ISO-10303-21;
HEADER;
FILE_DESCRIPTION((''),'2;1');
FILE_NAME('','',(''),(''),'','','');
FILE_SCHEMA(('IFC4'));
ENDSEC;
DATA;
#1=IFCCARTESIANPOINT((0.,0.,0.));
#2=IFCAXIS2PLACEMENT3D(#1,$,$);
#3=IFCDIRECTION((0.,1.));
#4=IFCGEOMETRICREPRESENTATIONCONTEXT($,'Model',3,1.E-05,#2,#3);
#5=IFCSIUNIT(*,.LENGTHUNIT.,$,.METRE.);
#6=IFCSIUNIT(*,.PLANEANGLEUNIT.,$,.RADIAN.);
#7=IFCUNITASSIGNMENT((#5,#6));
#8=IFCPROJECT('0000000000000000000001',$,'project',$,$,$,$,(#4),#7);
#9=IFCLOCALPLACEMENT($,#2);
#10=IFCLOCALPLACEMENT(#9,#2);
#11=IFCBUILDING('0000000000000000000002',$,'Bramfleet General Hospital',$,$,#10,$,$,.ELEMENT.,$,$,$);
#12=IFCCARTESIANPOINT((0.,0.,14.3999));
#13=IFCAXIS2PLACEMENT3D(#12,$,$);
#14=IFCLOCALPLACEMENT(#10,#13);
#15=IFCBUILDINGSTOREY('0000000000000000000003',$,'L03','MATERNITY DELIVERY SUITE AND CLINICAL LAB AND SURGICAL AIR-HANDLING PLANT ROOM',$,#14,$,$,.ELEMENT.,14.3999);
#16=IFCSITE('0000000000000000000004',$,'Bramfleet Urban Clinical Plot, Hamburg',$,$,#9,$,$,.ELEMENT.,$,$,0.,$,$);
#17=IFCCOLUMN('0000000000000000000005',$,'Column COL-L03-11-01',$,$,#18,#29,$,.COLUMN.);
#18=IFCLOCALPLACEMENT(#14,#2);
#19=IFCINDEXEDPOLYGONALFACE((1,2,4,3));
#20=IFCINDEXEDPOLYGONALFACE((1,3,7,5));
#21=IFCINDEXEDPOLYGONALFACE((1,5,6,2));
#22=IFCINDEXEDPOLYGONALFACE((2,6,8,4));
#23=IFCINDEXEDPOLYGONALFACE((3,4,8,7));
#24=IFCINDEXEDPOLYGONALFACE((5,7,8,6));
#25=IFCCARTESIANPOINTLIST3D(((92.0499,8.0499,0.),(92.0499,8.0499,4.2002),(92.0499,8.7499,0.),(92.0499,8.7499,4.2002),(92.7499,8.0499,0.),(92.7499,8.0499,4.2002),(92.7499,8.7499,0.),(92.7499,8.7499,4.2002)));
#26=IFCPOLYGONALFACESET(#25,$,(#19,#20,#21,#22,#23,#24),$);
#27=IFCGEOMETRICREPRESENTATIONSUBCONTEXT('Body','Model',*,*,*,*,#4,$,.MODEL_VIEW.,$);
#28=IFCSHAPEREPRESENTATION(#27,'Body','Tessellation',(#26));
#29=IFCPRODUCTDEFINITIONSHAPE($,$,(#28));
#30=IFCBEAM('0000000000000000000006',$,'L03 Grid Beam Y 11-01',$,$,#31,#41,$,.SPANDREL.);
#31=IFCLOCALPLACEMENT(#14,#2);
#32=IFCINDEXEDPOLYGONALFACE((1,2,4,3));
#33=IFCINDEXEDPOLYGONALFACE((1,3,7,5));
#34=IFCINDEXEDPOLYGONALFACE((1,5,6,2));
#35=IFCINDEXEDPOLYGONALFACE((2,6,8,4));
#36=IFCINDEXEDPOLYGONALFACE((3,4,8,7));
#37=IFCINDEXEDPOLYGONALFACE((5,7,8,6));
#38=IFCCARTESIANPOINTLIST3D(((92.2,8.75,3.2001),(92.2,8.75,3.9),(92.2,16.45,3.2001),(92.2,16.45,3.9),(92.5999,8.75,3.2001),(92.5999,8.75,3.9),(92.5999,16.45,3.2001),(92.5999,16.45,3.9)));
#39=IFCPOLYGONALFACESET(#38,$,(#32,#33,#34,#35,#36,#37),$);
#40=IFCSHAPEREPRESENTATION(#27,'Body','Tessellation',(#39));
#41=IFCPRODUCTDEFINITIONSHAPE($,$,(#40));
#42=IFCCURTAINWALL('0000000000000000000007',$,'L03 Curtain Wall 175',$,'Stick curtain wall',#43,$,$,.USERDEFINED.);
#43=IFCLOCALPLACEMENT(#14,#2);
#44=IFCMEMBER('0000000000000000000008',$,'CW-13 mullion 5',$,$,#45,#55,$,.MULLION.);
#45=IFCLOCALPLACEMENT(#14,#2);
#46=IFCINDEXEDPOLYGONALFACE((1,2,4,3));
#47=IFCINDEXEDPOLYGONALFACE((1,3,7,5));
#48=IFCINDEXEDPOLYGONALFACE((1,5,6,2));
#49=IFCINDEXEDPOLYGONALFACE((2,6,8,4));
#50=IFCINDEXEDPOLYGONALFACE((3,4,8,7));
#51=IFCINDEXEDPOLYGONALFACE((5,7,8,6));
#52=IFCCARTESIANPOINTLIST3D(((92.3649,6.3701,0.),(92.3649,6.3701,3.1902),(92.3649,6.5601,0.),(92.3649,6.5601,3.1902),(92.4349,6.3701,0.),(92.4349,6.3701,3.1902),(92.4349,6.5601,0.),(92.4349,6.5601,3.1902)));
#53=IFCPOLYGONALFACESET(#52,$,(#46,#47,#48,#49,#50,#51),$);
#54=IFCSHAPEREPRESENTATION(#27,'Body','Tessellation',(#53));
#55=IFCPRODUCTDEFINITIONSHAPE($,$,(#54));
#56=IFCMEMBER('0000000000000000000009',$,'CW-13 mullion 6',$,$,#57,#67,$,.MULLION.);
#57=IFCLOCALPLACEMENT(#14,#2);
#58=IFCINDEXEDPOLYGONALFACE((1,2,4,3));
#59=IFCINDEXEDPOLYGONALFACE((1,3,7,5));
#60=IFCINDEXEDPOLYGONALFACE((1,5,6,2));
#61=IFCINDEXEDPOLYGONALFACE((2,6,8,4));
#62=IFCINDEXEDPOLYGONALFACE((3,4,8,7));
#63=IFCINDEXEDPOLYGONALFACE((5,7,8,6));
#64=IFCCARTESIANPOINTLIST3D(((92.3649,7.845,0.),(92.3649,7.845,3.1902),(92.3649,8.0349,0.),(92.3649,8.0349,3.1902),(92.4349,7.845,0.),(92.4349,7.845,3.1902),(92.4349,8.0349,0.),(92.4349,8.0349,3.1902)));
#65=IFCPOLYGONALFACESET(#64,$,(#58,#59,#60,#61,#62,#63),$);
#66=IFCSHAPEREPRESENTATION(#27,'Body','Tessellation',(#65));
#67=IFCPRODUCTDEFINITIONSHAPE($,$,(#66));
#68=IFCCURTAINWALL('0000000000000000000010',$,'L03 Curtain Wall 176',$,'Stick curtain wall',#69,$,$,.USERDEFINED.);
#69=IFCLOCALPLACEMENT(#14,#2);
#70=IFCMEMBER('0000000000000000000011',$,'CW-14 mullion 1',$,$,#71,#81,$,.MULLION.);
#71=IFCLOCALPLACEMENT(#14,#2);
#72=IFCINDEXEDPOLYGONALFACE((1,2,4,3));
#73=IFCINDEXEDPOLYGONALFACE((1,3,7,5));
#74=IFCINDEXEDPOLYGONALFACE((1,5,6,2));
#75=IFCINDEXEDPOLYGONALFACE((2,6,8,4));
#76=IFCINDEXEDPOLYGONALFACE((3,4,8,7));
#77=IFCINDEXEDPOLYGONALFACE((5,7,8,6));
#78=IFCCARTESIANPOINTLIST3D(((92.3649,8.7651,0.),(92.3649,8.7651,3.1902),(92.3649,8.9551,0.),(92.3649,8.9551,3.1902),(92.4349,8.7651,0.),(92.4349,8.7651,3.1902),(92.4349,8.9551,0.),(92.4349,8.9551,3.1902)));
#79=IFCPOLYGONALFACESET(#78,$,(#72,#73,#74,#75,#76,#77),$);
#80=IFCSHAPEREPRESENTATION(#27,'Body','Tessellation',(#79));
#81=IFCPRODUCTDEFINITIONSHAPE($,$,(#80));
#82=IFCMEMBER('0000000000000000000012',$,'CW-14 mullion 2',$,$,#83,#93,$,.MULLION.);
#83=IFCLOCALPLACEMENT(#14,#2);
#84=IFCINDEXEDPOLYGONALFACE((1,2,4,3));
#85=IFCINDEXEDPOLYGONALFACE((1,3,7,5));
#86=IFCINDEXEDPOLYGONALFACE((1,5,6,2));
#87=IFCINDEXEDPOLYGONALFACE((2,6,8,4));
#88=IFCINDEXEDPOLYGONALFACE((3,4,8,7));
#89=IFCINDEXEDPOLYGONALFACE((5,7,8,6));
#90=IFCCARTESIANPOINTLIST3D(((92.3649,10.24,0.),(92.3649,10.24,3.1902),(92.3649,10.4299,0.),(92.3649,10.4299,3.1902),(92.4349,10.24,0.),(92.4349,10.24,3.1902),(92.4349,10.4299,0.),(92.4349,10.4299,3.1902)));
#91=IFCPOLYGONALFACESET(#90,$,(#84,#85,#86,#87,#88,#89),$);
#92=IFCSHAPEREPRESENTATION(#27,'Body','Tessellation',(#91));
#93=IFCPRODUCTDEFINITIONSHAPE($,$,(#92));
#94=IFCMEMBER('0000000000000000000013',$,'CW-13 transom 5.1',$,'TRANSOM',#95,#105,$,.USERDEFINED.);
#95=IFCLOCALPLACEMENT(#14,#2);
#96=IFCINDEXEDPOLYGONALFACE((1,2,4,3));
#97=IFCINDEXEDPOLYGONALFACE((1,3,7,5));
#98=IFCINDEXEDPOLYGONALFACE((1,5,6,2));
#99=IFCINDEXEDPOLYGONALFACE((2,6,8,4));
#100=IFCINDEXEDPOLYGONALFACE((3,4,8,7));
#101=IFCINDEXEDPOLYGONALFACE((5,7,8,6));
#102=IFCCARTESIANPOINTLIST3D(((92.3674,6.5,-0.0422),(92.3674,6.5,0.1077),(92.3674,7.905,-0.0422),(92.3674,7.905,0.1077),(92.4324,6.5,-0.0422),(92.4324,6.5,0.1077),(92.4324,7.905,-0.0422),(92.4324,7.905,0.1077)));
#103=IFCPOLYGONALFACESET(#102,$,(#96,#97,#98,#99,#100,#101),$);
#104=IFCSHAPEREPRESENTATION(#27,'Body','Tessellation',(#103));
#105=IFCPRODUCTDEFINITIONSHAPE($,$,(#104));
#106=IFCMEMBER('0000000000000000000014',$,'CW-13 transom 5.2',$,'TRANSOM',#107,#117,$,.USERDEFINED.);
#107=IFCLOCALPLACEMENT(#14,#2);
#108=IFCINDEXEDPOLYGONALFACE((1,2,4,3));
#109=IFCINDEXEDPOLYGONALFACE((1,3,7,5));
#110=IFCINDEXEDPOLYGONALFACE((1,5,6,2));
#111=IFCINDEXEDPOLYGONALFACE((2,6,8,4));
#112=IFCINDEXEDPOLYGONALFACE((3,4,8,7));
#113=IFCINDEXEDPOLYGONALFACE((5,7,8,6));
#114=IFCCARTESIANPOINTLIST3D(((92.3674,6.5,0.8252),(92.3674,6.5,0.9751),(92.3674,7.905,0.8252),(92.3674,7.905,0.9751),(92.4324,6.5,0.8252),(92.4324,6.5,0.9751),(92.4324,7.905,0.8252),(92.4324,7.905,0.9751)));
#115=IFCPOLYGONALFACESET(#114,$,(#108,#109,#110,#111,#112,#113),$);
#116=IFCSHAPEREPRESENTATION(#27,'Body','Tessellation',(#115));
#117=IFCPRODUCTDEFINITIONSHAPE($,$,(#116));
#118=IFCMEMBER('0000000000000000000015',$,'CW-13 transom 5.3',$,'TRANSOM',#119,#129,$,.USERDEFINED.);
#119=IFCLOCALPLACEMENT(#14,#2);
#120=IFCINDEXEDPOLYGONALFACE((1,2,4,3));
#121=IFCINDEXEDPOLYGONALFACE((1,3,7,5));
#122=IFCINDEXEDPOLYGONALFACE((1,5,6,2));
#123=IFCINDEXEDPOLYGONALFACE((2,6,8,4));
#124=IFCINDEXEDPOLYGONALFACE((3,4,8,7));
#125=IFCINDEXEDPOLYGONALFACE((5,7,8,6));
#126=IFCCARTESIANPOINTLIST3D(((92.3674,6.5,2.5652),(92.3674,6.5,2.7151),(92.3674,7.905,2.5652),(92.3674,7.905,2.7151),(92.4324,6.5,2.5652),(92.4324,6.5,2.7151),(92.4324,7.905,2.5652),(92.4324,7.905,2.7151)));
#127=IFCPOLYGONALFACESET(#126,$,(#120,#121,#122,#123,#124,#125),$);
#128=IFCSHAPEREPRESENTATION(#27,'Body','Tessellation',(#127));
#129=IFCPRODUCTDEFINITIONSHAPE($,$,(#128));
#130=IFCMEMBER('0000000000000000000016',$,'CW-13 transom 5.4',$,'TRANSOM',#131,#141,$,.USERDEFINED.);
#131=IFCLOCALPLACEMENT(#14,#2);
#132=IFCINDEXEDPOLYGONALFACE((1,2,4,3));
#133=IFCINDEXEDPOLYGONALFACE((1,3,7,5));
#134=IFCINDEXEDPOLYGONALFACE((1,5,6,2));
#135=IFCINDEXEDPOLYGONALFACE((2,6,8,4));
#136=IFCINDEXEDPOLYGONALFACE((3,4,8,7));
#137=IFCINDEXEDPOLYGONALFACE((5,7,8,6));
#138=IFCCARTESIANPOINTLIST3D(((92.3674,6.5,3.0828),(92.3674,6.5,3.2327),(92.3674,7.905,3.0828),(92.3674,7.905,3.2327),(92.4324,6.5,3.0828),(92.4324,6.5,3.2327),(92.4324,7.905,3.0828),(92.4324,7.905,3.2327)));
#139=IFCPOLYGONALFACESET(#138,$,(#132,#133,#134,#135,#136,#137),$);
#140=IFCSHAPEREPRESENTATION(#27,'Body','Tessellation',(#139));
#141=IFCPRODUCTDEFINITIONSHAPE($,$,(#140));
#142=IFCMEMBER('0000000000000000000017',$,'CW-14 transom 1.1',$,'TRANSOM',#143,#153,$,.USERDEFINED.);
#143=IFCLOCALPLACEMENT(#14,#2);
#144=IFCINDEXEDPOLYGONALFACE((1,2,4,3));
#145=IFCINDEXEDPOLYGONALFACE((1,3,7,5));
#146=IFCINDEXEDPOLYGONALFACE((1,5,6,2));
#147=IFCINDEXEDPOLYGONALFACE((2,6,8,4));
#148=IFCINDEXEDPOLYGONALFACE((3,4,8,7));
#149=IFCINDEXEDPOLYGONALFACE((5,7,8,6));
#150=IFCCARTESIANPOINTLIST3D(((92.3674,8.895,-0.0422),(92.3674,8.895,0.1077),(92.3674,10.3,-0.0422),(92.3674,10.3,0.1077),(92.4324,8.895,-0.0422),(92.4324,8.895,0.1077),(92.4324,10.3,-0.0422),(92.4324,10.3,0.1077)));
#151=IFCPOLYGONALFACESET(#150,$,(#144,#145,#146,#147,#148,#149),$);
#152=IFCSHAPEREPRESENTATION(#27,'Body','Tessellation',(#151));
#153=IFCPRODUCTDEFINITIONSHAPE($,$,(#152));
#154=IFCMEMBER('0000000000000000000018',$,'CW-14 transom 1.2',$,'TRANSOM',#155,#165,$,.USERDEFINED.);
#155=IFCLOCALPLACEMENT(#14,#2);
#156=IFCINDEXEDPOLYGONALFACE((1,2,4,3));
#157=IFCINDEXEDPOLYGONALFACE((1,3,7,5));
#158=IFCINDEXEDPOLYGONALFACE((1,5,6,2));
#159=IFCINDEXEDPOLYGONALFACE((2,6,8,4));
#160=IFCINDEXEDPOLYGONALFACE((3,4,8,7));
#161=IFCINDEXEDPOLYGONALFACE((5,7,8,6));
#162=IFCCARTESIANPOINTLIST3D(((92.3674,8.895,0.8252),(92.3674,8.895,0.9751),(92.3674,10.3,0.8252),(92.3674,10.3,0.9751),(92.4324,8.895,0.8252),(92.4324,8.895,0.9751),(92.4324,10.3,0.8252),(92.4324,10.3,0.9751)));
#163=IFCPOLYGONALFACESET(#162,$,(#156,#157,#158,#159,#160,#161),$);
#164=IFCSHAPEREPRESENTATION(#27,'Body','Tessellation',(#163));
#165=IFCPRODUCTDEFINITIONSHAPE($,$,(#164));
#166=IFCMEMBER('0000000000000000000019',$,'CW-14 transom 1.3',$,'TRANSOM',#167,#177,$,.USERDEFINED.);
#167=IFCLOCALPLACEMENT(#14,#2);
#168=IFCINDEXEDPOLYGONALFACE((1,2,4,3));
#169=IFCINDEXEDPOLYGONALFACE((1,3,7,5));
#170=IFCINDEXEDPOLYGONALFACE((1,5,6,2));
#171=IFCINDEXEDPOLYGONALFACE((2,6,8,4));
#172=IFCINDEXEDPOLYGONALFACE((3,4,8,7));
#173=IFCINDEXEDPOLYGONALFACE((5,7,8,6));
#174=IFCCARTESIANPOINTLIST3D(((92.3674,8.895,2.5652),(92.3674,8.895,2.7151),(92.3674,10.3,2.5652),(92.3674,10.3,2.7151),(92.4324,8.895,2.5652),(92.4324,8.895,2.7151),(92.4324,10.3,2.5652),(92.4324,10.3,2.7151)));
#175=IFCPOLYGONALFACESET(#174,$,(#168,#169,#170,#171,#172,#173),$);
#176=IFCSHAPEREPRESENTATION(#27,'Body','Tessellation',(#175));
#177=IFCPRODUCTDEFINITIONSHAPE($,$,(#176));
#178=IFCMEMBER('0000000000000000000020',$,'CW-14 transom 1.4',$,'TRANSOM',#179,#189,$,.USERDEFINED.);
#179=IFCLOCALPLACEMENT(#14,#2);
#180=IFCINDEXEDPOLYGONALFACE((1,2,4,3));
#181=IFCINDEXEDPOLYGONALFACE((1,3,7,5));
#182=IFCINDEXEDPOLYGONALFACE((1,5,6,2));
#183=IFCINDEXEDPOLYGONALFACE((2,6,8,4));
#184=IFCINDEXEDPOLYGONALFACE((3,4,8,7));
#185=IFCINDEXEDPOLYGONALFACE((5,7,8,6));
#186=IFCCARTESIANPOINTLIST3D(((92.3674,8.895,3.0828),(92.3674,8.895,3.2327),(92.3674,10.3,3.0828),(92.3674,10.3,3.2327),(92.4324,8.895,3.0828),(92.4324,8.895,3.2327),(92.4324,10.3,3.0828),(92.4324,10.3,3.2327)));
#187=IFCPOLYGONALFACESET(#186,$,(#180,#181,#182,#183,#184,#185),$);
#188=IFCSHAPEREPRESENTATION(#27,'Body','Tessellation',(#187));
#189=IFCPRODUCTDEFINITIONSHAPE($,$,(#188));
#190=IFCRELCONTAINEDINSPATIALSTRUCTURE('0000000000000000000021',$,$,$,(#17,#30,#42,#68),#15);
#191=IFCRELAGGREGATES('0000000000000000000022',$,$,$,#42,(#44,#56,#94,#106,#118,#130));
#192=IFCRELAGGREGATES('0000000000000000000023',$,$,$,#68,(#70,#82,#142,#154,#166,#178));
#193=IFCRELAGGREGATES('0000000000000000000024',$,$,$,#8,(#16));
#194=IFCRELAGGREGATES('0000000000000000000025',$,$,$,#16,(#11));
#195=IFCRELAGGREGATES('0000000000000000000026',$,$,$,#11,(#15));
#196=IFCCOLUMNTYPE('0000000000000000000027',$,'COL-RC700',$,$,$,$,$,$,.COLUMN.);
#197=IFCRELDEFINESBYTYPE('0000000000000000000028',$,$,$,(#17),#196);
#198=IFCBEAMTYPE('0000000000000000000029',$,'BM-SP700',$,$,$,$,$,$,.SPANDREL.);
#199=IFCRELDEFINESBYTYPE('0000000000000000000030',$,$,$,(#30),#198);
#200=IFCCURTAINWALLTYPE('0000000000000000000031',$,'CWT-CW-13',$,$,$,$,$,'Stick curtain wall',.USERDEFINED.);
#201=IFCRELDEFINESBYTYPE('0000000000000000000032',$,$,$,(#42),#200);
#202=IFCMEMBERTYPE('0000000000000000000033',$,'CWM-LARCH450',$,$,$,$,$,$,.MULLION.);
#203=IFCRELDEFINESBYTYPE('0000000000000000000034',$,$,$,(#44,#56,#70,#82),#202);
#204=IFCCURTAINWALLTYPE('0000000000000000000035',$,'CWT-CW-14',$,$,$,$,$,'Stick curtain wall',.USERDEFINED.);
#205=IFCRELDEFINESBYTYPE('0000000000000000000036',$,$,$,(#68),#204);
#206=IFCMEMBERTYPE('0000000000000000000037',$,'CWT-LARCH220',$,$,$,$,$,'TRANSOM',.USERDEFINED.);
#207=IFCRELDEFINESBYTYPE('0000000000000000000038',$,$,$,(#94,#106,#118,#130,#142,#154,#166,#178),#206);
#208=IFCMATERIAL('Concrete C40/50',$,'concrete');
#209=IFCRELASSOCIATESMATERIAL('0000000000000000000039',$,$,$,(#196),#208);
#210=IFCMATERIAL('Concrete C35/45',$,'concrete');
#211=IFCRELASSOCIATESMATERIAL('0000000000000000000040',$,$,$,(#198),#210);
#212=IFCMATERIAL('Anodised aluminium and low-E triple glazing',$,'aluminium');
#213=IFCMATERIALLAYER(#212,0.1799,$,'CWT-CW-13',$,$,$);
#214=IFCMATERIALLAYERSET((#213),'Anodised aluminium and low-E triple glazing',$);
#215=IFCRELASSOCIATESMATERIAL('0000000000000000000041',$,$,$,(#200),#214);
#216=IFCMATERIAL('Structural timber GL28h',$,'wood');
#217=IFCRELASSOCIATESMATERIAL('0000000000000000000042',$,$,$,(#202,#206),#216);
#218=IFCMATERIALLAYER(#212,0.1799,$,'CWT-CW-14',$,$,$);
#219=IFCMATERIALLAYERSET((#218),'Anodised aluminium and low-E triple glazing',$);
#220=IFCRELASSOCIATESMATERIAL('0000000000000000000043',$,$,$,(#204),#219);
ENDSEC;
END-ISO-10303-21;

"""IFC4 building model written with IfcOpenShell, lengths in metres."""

from ifc_helpers import new_model, si_unit, direction, frame, origin, origin_2d, place, context, subcontext, project, spatial, rectangle, extrude, material, layer, layer_set, material_profile, profile_set, type_object, element, aggregate, save


model = new_model("IFC4")

# Units and contexts
model_context = context("Model", 3, precision=1e-05, world=origin(), true_north=direction((0.0, 1.0)))
body_context = subcontext(model_context, "Body", "Model", "MODEL_VIEW")
ifc_project = project(units=[si_unit("LENGTHUNIT", "METRE"), si_unit("PLANEANGLEUNIT", "RADIAN")], contexts=[model_context])

# Site, building, storey
site_placement = place(None, origin())
site = spatial("IfcSite", under=ifc_project, at=site_placement, Name="Bramfleet Urban Clinical Plot, Hamburg", CompositionType="ELEMENT", RefElevation=0.0)
building_placement = place(site_placement, origin())
building = spatial("IfcBuilding", under=site, at=building_placement, Name="Bramfleet General Hospital", CompositionType="ELEMENT")
storey_placement = place(building_placement, frame((0.0, 0.0, 14.3999)))
storey = spatial("IfcBuildingStorey", under=building, at=storey_placement, Name="L03", Description="MATERNITY DELIVERY SUITE AND CLINICAL LAB AND SURGICAL AIR-HANDLING PLANT ROOM", CompositionType="ELEMENT", Elevation=14.3999)

# Column
ifc_material_1 = material(Name="Concrete C40/50", Category="concrete")
ifc_material_profile_1 = material_profile(ifc_material_1, rectangle(XDim=0.7, YDim=0.7, at=origin_2d()), Name="RC COL 700x700")
ifc_profile_set_1 = profile_set([ifc_material_profile_1], Name="Concrete C40/50")
column_type = type_object("IfcColumnType", Name="COL-RC700", PredefinedType="COLUMN", material=ifc_profile_set_1)
column_placement = place(storey_placement, frame((92.3999, 8.3999, 0.0), z_axis=(0.0, 0.0, 1.0), x_axis=(1.0, 0.0, 0.0)))
element("IfcColumn", 1, at=column_placement, inside=storey, type_object=column_type, Name="Column COL-L03-11-01", PredefinedType="COLUMN", context=body_context, shape_type="SweptSolid", body=[
    extrude(rectangle(XDim=0.7, YDim=0.7, at=origin_2d()), origin(), (0.0, 0.0, 1.0), 4.2002),
])

# Beam
ifc_material_2 = material(Name="Concrete C35/45", Category="concrete")
ifc_material_profile_2 = material_profile(ifc_material_2, rectangle(XDim=0.3999, YDim=0.7, at=origin_2d()), Name="RC SP 700x400")
ifc_profile_set_2 = profile_set([ifc_material_profile_2], Name="Concrete C35/45")
beam_type = type_object("IfcBeamType", Name="BM-SP700", PredefinedType="SPANDREL", material=ifc_profile_set_2)
beam_placement = place(storey_placement, frame((92.3999, 8.75, 3.55), z_axis=(0.0, 1.0, 0.0), x_axis=(-1.0, 0.0, 0.0)))
element("IfcBeam", 2, at=beam_placement, inside=storey, type_object=beam_type, Name="L03 Grid Beam Y 11-01", PredefinedType="SPANDREL", context=body_context, shape_type="SweptSolid", body=[
    extrude(rectangle(XDim=0.3999, YDim=0.7, at=origin_2d()), origin(), (0.0, 0.0, 1.0), 7.7),
])

# Curtain walls, members
ifc_material_3 = material(Name="Anodised aluminium and low-E triple glazing", Category="aluminium")
ifc_layer_1 = layer(ifc_material_3, 0.1799, Name="CWT-CW-13")
ifc_layer_set_1 = layer_set([ifc_layer_1], Name="Anodised aluminium and low-E triple glazing")
curtain_wall_type_1 = type_object("IfcCurtainWallType", Name="CWT-CW-13", ElementType="Stick curtain wall", PredefinedType="USERDEFINED", material=ifc_layer_set_1)
curtain_wall_1_placement = place(storey_placement, origin())
curtain_wall_1 = element("IfcCurtainWall", 3, at=curtain_wall_1_placement, inside=storey, type_object=curtain_wall_type_1, Name="L03 Curtain Wall 175", ObjectType="Stick curtain wall", PredefinedType="USERDEFINED")
ifc_material_4 = material(Name="Structural timber GL28h", Category="wood")
ifc_material_profile_3 = material_profile(ifc_material_4, rectangle(XDim=0.0701, YDim=0.1899, at=origin_2d()), Name="LARCH 190x70")
ifc_profile_set_3 = profile_set([ifc_material_profile_3], Name="Structural timber GL28h")
member_type_1 = type_object("IfcMemberType", Name="CWM-LARCH450", PredefinedType="MULLION", material=ifc_profile_set_3)
member_1_placement = place(storey_placement, frame((92.3999, 6.4651, 0.0), z_axis=(0.0, 0.0, 1.0), x_axis=(-1.0, 0.0, 0.0)))
member_1 = element("IfcMember", 4, at=member_1_placement, type_object=member_type_1, Name="CW-13 mullion 5", PredefinedType="MULLION", context=body_context, shape_type="SweptSolid", body=[
    extrude(rectangle(XDim=0.0701, YDim=0.1899, at=origin_2d()), origin(), (0.0, 0.0, 1.0), 3.1902),
])
member_2_placement = place(storey_placement, frame((92.3999, 7.9399, 0.0), z_axis=(0.0, 0.0, 1.0), x_axis=(-1.0, 0.0, 0.0)))
member_2 = element("IfcMember", 5, at=member_2_placement, type_object=member_type_1, Name="CW-13 mullion 6", PredefinedType="MULLION", context=body_context, shape_type="SweptSolid", body=[
    extrude(rectangle(XDim=0.0701, YDim=0.1899, at=origin_2d()), origin(), (0.0, 0.0, 1.0), 3.1902),
])
ifc_layer_2 = layer(ifc_material_3, 0.1799, Name="CWT-CW-14")
ifc_layer_set_2 = layer_set([ifc_layer_2], Name="Anodised aluminium and low-E triple glazing")
curtain_wall_type_2 = type_object("IfcCurtainWallType", Name="CWT-CW-14", ElementType="Stick curtain wall", PredefinedType="USERDEFINED", material=ifc_layer_set_2)
curtain_wall_2_placement = place(storey_placement, origin())
curtain_wall_2 = element("IfcCurtainWall", 6, at=curtain_wall_2_placement, inside=storey, type_object=curtain_wall_type_2, Name="L03 Curtain Wall 176", ObjectType="Stick curtain wall", PredefinedType="USERDEFINED")
member_3_placement = place(storey_placement, frame((92.3999, 8.8601, 0.0), z_axis=(0.0, 0.0, 1.0), x_axis=(-1.0, 0.0, 0.0)))
member_3 = element("IfcMember", 7, at=member_3_placement, type_object=member_type_1, Name="CW-14 mullion 1", PredefinedType="MULLION", context=body_context, shape_type="SweptSolid", body=[
    extrude(rectangle(XDim=0.0701, YDim=0.1899, at=origin_2d()), origin(), (0.0, 0.0, 1.0), 3.1902),
])
member_4_placement = place(storey_placement, frame((92.3999, 10.335, 0.0), z_axis=(0.0, 0.0, 1.0), x_axis=(-1.0, 0.0, 0.0)))
member_4 = element("IfcMember", 8, at=member_4_placement, type_object=member_type_1, Name="CW-14 mullion 2", PredefinedType="MULLION", context=body_context, shape_type="SweptSolid", body=[
    extrude(rectangle(XDim=0.0701, YDim=0.1899, at=origin_2d()), origin(), (0.0, 0.0, 1.0), 3.1902),
])

# Members
ifc_material_profile_4 = material_profile(ifc_material_4, rectangle(XDim=0.0649, YDim=0.1499, at=origin_2d()), Name="LARCH 150x65")
ifc_profile_set_4 = profile_set([ifc_material_profile_4], Name="Structural timber GL28h")
member_type_2 = type_object("IfcMemberType", Name="CWT-LARCH220", ElementType="TRANSOM", PredefinedType="USERDEFINED", material=ifc_profile_set_4)
member_5_placement = place(storey_placement, frame((92.3999, 6.5, 0.0327), z_axis=(0.0, 1.0, 0.0), x_axis=(-1.0, 0.0, 0.0)))
member_5 = element("IfcMember", 9, at=member_5_placement, type_object=member_type_2, Name="CW-13 transom 5.1", ObjectType="TRANSOM", PredefinedType="USERDEFINED", context=body_context, shape_type="SweptSolid", body=[
    extrude(rectangle(XDim=0.0649, YDim=0.1499, at=origin_2d()), origin(), (0.0, 0.0, 1.0), 1.405),
])
member_6_placement = place(storey_placement, frame((92.3999, 6.5, 0.9001), z_axis=(0.0, 1.0, 0.0), x_axis=(-1.0, 0.0, 0.0)))
member_6 = element("IfcMember", 10, at=member_6_placement, type_object=member_type_2, Name="CW-13 transom 5.2", ObjectType="TRANSOM", PredefinedType="USERDEFINED", context=body_context, shape_type="SweptSolid", body=[
    extrude(rectangle(XDim=0.0649, YDim=0.1499, at=origin_2d()), origin(), (0.0, 0.0, 1.0), 1.405),
])
member_7_placement = place(storey_placement, frame((92.3999, 6.5, 2.6401), z_axis=(0.0, 1.0, 0.0), x_axis=(-1.0, 0.0, 0.0)))
member_7 = element("IfcMember", 11, at=member_7_placement, type_object=member_type_2, Name="CW-13 transom 5.3", ObjectType="TRANSOM", PredefinedType="USERDEFINED", context=body_context, shape_type="SweptSolid", body=[
    extrude(rectangle(XDim=0.0649, YDim=0.1499, at=origin_2d()), origin(), (0.0, 0.0, 1.0), 1.405),
])
member_8_placement = place(storey_placement, frame((92.3999, 6.5, 3.1577), z_axis=(0.0, 1.0, 0.0), x_axis=(-1.0, 0.0, 0.0)))
member_8 = element("IfcMember", 12, at=member_8_placement, type_object=member_type_2, Name="CW-13 transom 5.4", ObjectType="TRANSOM", PredefinedType="USERDEFINED", context=body_context, shape_type="SweptSolid", body=[
    extrude(rectangle(XDim=0.0649, YDim=0.1499, at=origin_2d()), origin(), (0.0, 0.0, 1.0), 1.405),
])
member_9_placement = place(storey_placement, frame((92.3999, 8.895, 0.0327), z_axis=(0.0, 1.0, 0.0), x_axis=(-1.0, 0.0, 0.0)))
member_9 = element("IfcMember", 13, at=member_9_placement, type_object=member_type_2, Name="CW-14 transom 1.1", ObjectType="TRANSOM", PredefinedType="USERDEFINED", context=body_context, shape_type="SweptSolid", body=[
    extrude(rectangle(XDim=0.0649, YDim=0.1499, at=origin_2d()), origin(), (0.0, 0.0, 1.0), 1.405),
])
member_10_placement = place(storey_placement, frame((92.3999, 8.895, 0.9001), z_axis=(0.0, 1.0, 0.0), x_axis=(-1.0, 0.0, 0.0)))
member_10 = element("IfcMember", 14, at=member_10_placement, type_object=member_type_2, Name="CW-14 transom 1.2", ObjectType="TRANSOM", PredefinedType="USERDEFINED", context=body_context, shape_type="SweptSolid", body=[
    extrude(rectangle(XDim=0.0649, YDim=0.1499, at=origin_2d()), origin(), (0.0, 0.0, 1.0), 1.405),
])
member_11_placement = place(storey_placement, frame((92.3999, 8.895, 2.6401), z_axis=(0.0, 1.0, 0.0), x_axis=(-1.0, 0.0, 0.0)))
member_11 = element("IfcMember", 15, at=member_11_placement, type_object=member_type_2, Name="CW-14 transom 1.3", ObjectType="TRANSOM", PredefinedType="USERDEFINED", context=body_context, shape_type="SweptSolid", body=[
    extrude(rectangle(XDim=0.0649, YDim=0.1499, at=origin_2d()), origin(), (0.0, 0.0, 1.0), 1.405),
])
member_12_placement = place(storey_placement, frame((92.3999, 8.895, 3.1577), z_axis=(0.0, 1.0, 0.0), x_axis=(-1.0, 0.0, 0.0)))
member_12 = element("IfcMember", 16, at=member_12_placement, type_object=member_type_2, Name="CW-14 transom 1.4", ObjectType="TRANSOM", PredefinedType="USERDEFINED", context=body_context, shape_type="SweptSolid", body=[
    extrude(rectangle(XDim=0.0649, YDim=0.1499, at=origin_2d()), origin(), (0.0, 0.0, 1.0), 1.405),
])

aggregate(curtain_wall_1, [member_1, member_2, member_5, member_6, member_7, member_8])
aggregate(curtain_wall_2, [member_3, member_4, member_9, member_10, member_11, member_12])

save(model, "model.ifc")
